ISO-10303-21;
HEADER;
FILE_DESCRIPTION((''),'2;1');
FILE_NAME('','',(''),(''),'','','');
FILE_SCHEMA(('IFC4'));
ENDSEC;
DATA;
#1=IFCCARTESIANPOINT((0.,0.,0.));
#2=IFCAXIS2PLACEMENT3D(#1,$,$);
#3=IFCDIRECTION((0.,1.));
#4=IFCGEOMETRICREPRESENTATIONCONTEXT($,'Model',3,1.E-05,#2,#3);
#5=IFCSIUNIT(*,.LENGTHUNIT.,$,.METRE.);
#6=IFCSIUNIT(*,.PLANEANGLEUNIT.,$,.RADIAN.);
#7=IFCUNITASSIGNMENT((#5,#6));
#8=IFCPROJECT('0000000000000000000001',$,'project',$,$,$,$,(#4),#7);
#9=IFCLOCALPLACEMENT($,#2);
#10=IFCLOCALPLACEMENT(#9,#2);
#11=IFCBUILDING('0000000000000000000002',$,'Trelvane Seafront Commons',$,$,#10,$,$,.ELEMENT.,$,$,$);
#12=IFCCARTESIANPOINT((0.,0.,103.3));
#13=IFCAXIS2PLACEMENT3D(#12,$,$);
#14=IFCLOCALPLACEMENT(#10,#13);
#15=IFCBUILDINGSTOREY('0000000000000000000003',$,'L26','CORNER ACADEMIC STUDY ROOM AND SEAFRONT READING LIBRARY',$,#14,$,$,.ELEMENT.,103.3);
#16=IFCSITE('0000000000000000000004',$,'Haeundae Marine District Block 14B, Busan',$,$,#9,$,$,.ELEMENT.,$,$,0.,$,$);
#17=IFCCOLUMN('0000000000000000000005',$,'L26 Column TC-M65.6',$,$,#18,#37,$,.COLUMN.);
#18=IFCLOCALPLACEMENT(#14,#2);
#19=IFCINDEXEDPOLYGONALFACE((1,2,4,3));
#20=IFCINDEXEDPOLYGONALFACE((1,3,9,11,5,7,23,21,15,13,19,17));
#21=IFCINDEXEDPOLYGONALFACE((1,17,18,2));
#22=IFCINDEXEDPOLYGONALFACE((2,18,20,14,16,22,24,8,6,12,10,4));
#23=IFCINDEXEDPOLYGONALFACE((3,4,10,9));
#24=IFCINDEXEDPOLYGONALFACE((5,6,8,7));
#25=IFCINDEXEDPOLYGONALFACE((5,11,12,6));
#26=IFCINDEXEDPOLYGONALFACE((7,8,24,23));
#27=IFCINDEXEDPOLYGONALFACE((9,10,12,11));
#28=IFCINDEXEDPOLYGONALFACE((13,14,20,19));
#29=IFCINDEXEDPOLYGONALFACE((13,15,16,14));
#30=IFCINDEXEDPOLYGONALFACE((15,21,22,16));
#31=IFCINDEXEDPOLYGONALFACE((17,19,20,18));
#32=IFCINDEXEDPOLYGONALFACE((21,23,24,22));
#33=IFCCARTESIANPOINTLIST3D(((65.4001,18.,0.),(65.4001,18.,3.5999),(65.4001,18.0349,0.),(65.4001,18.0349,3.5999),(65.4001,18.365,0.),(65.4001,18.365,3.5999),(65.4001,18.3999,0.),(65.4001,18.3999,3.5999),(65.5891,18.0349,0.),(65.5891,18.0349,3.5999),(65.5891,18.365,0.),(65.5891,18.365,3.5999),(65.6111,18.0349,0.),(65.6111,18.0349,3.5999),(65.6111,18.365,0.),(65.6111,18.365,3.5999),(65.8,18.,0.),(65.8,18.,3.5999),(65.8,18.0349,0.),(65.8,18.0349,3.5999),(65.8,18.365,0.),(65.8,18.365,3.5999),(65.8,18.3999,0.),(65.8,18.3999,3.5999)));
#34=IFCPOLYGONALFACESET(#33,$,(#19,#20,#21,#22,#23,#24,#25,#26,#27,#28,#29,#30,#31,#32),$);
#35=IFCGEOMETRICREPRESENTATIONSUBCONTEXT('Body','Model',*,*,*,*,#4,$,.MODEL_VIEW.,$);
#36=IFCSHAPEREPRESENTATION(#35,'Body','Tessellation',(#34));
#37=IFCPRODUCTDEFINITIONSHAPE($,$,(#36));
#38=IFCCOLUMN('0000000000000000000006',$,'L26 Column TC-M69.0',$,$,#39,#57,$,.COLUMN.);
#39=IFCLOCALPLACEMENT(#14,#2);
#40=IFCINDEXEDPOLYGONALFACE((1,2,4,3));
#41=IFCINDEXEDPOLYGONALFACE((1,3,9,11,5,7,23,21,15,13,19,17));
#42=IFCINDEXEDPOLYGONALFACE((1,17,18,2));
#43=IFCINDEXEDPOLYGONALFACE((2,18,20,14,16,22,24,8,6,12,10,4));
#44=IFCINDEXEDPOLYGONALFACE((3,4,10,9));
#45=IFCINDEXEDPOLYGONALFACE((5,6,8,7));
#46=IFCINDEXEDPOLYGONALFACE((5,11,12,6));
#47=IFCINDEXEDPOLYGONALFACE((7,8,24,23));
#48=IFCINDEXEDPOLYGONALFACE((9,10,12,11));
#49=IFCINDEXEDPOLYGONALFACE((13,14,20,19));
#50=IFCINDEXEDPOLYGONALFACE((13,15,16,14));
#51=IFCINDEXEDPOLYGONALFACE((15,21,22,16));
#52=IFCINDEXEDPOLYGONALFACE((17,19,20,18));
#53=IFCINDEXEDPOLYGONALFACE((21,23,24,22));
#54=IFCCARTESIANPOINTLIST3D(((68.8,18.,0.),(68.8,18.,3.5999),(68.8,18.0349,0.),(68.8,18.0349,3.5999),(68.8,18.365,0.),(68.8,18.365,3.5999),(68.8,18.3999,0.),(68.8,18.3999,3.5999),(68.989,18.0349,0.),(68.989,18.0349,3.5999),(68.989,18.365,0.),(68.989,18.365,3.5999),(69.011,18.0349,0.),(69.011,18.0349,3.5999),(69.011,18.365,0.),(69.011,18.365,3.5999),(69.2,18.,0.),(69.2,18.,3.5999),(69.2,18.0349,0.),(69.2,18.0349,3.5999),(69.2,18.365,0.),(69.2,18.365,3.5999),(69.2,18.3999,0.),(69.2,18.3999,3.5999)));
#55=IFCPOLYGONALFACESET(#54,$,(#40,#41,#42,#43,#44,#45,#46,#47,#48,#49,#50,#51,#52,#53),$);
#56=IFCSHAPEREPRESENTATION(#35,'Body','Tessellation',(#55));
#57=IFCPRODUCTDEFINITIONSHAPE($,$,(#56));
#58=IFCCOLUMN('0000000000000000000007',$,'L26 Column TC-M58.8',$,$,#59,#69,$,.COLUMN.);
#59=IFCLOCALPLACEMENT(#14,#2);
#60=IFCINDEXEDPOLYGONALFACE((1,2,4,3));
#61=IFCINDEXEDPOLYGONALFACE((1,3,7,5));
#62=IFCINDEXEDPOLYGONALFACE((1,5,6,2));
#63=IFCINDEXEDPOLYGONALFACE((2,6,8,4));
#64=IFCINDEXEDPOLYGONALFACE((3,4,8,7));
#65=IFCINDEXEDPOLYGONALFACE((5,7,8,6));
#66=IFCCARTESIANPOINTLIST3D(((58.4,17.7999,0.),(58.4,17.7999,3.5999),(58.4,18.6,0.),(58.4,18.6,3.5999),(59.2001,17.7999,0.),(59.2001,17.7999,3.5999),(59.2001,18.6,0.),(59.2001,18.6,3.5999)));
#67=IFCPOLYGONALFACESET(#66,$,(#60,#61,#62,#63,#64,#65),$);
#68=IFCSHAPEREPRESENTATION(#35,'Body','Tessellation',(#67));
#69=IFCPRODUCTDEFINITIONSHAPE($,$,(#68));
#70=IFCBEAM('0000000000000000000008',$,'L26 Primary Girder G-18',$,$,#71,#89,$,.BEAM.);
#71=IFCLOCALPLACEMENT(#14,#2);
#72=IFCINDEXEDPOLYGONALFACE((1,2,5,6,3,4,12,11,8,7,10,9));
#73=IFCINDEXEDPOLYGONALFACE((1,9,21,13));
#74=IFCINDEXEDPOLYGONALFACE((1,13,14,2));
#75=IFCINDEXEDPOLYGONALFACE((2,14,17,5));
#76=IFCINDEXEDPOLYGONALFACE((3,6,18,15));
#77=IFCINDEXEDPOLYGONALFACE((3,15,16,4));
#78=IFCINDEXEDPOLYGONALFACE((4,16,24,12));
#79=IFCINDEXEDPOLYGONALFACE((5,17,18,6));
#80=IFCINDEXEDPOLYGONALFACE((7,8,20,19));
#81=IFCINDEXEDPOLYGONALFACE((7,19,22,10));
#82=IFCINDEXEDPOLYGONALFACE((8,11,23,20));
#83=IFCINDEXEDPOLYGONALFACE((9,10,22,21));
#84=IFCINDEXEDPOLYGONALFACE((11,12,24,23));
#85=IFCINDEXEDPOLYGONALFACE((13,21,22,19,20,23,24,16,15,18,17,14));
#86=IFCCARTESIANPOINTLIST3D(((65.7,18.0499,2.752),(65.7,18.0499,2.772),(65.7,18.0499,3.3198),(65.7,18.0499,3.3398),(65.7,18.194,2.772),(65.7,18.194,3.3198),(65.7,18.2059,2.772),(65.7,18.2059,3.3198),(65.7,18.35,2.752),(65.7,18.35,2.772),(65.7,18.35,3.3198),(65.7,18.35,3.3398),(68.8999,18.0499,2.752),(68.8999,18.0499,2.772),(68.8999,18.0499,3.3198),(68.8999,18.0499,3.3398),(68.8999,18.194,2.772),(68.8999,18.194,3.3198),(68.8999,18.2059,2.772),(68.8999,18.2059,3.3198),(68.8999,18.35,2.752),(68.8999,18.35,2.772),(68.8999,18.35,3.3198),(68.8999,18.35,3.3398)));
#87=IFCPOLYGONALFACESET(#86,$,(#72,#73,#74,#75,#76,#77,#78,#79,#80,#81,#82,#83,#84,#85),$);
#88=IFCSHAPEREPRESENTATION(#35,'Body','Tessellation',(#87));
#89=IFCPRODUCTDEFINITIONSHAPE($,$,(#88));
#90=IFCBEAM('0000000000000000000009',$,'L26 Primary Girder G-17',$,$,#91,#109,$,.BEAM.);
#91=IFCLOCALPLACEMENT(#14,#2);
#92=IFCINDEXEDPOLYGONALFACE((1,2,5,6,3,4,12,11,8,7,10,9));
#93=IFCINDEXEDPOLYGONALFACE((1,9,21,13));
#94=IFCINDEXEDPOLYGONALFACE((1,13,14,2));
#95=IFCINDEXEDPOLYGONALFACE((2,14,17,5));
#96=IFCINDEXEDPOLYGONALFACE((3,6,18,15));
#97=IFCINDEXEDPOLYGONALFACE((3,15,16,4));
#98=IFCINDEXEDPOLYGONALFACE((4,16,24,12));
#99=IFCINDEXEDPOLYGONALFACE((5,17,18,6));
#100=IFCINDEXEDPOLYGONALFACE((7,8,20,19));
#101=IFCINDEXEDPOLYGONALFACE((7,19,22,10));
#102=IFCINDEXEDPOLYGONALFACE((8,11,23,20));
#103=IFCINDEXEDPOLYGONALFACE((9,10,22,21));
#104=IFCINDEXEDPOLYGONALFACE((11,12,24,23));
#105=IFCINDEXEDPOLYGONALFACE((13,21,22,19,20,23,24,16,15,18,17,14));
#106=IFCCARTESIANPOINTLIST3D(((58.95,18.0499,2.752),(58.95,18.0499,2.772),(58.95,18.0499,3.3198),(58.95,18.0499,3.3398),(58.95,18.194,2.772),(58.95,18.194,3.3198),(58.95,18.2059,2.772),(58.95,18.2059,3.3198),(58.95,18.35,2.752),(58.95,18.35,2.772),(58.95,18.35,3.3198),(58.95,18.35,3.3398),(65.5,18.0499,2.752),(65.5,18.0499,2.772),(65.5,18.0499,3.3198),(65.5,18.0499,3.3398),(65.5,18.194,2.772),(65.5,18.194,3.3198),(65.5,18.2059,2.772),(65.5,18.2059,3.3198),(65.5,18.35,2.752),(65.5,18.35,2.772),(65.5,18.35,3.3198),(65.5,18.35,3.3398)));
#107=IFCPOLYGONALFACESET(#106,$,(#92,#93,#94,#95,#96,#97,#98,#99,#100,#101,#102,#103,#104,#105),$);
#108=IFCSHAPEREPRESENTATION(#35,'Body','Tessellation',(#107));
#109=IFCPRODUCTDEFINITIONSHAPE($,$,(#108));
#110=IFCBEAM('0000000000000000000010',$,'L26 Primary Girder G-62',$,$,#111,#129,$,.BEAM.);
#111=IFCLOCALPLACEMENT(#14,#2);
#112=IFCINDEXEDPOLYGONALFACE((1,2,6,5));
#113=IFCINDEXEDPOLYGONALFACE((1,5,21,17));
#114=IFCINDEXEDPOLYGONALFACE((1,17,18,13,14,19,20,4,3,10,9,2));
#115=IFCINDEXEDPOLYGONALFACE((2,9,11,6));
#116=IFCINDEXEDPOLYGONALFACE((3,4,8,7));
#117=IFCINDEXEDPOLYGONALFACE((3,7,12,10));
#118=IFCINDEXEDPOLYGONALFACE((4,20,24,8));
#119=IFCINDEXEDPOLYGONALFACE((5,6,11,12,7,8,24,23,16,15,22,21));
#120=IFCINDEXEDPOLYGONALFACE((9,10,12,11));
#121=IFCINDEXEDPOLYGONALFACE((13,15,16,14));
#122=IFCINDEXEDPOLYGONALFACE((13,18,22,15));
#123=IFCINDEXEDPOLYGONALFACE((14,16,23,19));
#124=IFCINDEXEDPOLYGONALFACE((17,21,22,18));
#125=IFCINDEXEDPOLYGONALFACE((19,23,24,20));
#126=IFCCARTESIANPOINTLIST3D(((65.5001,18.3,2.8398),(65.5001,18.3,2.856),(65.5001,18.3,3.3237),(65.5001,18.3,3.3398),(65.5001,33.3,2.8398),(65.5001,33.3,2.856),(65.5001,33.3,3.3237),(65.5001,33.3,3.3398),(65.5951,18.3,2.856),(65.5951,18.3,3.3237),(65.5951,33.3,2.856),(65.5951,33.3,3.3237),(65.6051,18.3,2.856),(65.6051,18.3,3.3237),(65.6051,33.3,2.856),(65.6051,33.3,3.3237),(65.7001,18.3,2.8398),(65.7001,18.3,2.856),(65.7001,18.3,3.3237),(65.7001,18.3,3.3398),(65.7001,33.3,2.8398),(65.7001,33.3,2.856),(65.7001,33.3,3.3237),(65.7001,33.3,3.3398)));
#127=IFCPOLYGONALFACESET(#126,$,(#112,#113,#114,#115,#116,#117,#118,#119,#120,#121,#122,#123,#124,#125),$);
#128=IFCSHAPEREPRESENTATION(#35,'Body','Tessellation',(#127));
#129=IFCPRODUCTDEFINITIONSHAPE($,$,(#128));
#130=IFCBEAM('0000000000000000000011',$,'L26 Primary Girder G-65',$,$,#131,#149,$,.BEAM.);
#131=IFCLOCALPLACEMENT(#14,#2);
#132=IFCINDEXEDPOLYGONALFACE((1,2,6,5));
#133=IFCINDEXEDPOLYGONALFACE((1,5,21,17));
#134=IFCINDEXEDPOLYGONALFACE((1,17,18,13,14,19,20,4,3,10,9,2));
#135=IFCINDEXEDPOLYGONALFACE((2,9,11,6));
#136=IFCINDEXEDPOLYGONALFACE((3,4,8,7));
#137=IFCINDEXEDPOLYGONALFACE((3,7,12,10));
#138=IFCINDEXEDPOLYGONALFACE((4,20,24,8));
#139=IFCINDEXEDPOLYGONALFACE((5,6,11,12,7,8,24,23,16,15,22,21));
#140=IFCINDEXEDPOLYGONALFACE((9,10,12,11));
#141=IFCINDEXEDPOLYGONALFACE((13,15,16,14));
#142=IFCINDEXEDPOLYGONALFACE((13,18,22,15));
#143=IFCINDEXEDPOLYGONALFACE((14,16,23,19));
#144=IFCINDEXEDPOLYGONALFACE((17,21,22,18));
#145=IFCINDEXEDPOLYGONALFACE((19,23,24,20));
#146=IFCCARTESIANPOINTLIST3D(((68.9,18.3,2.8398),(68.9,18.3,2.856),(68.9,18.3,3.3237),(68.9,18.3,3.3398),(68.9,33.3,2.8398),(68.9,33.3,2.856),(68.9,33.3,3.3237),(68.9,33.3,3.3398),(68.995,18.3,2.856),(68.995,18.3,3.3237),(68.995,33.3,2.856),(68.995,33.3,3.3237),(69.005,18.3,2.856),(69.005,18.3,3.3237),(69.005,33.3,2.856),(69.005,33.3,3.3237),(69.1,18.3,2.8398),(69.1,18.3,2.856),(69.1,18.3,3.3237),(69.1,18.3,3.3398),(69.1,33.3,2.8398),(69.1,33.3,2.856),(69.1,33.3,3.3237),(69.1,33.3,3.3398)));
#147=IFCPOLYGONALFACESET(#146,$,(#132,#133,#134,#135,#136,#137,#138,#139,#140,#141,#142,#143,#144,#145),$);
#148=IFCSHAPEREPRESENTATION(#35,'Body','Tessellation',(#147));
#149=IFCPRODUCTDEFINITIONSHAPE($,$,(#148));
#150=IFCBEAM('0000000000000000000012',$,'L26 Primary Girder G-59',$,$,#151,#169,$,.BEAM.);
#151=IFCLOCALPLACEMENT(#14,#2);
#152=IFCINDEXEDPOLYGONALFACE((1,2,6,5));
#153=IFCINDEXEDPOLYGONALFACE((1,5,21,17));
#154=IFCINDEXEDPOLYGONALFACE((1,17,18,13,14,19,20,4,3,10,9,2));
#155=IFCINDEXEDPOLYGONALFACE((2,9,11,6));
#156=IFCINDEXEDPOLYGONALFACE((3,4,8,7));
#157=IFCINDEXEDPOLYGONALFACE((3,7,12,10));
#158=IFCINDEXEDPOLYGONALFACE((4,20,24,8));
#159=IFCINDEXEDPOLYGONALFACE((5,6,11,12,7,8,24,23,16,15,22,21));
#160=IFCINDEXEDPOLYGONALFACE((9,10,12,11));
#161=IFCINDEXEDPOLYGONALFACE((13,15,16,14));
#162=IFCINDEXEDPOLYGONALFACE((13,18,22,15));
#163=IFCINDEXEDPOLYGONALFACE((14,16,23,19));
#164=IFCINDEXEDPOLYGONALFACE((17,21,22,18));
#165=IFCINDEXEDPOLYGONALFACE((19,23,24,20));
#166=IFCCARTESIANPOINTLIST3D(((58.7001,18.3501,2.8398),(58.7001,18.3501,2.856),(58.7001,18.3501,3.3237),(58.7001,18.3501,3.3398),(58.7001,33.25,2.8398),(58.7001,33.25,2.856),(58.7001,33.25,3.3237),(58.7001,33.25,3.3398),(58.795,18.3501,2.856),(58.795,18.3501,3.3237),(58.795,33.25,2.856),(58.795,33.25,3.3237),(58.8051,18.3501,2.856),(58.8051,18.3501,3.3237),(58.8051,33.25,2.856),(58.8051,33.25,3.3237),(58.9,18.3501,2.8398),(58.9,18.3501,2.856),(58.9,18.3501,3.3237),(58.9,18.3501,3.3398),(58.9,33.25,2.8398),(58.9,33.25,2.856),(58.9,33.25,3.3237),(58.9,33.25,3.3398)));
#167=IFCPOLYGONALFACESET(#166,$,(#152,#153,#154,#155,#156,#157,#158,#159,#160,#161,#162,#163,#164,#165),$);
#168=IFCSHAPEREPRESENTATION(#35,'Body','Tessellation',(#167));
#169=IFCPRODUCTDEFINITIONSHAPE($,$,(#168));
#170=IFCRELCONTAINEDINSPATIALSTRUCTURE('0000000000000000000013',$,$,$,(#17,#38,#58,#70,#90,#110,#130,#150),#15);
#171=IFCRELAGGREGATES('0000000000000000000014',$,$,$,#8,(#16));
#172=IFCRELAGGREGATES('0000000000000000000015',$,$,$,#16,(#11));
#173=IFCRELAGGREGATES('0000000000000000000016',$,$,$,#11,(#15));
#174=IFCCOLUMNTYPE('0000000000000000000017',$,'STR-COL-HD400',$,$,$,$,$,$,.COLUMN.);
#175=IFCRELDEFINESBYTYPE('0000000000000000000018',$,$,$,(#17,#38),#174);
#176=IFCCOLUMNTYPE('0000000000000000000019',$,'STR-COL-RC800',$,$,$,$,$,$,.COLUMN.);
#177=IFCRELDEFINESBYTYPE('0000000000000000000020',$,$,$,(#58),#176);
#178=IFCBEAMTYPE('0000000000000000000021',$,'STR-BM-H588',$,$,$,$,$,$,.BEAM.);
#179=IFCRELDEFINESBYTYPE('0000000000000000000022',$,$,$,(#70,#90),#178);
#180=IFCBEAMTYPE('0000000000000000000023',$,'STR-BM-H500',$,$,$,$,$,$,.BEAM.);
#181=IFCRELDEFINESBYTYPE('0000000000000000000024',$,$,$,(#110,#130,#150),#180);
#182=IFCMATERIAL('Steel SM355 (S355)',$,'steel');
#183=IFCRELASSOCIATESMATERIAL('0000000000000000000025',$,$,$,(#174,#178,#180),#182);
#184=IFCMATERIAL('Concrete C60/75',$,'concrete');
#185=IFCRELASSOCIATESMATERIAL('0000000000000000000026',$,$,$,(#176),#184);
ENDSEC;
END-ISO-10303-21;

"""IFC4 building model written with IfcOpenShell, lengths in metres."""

from ifc_helpers import new_model, si_unit, direction, frame, origin, origin_2d, place, context, subcontext, project, spatial, rectangle, i_section, extrude, source, transform, mapped, material, material_profile, profile_set, type_object, element, save


model = new_model("IFC4")

# Units and contexts
model_context = context("Model", 3, precision=1e-05, world=origin(), true_north=direction((0.0, 1.0)))
body_context = subcontext(model_context, "Body", "Model", "MODEL_VIEW")
ifc_project = project(units=[si_unit("LENGTHUNIT", "METRE"), si_unit("PLANEANGLEUNIT", "RADIAN")], contexts=[model_context])

# Site, building, storey
site_placement = place(None, origin())
site = spatial("IfcSite", under=ifc_project, at=site_placement, Name="Haeundae Marine District Block 14B, Busan", CompositionType="ELEMENT", RefElevation=0.0)
building_placement = place(site_placement, origin())
building = spatial("IfcBuilding", under=site, at=building_placement, Name="Trelvane Seafront Commons", CompositionType="ELEMENT")
storey_placement = place(building_placement, frame((0.0, 0.0, 103.3)))
storey = spatial("IfcBuildingStorey", under=building, at=storey_placement, Name="L26", Description="CORNER ACADEMIC STUDY ROOM AND SEAFRONT READING LIBRARY", CompositionType="ELEMENT", Elevation=103.3)

# Columns
ifc_material_1 = material(Name="Steel SM355 (S355)", Category="steel")
ifc_material_profile_1 = material_profile(ifc_material_1, i_section(OverallWidth=0.3999, OverallDepth=0.3999, WebThickness=0.022, FlangeThickness=0.0349, at=origin_2d()), Name="HD-400x400x22x35")
ifc_profile_set_1 = profile_set([ifc_material_profile_1], Name="Steel SM355 (S355)")
column_type_1 = type_object("IfcColumnType", Name="STR-COL-HD400", PredefinedType="COLUMN", material=ifc_profile_set_1)
shared_shape_1 = source(origin(), body_context, "Body", "SweptSolid", [
    extrude(i_section(OverallWidth=0.3999, OverallDepth=0.3999, WebThickness=0.022, FlangeThickness=0.0349, at=origin_2d()), origin(), (0.0, 0.0, 1.0), 3.5999),
])
for number, where, z_axis, x_axis, name in (
    (1, (65.6001, 18.2, 0.0), (0.0, 0.0, 1.0), (1.0, 0.0, 0.0), "L26 Column TC-M65.6"),
    (2, (69.0, 18.2, 0.0), (0.0, 0.0, 1.0), (1.0, 0.0, 0.0), "L26 Column TC-M69.0"),
):
    element("IfcColumn", number, at=place(storey_placement, frame(where, z_axis=z_axis, x_axis=x_axis)), inside=storey, type_object=column_type_1, Name=name, PredefinedType="COLUMN", context=body_context, shape_type="MappedRepresentation", body=[
        mapped(shared_shape_1, transform((0.0, 0.0, 0.0), x_axis=(1.0, 0.0, 0.0), y_axis=(0.0, 1.0, 0.0), z_axis=(0.0, 0.0, 1.0), scale=1.0)),
    ])
ifc_material_2 = material(Name="Concrete C60/75", Category="concrete")
ifc_material_profile_2 = material_profile(ifc_material_2, rectangle(XDim=0.8, YDim=0.8, at=origin_2d()), Name="RC-800x800")
ifc_profile_set_2 = profile_set([ifc_material_profile_2], Name="Concrete C60/75")
column_type_2 = type_object("IfcColumnType", Name="STR-COL-RC800", PredefinedType="COLUMN", material=ifc_profile_set_2)
shared_shape_2 = source(origin(), body_context, "Body", "SweptSolid", [
    extrude(rectangle(XDim=0.8, YDim=0.8, at=origin_2d()), origin(), (0.0, 0.0, 1.0), 3.5999),
])
column_placement = place(storey_placement, frame((58.8, 18.2, 0.0), z_axis=(0.0, 0.0, 1.0), x_axis=(1.0, 0.0, 0.0)))
element("IfcColumn", 3, at=column_placement, inside=storey, type_object=column_type_2, Name="L26 Column TC-M58.8", PredefinedType="COLUMN", context=body_context, shape_type="MappedRepresentation", body=[
    mapped(shared_shape_2, transform((0.0, 0.0, 0.0), x_axis=(1.0, 0.0, 0.0), y_axis=(0.0, 1.0, 0.0), z_axis=(0.0, 0.0, 1.0), scale=1.0)),
])

# Beams
ifc_material_profile_3 = material_profile(ifc_material_1, i_section(OverallWidth=0.3, OverallDepth=0.5879, WebThickness=0.012, FlangeThickness=0.02, at=origin_2d()), Name="H-588x300x12x20")
ifc_profile_set_3 = profile_set([ifc_material_profile_3], Name="Steel SM355 (S355)")
beam_type_1 = type_object("IfcBeamType", Name="STR-BM-H588", PredefinedType="BEAM", material=ifc_profile_set_3)
shared_shape_3 = source(origin(), body_context, "Body", "SweptSolid", [
    extrude(i_section(OverallWidth=0.3, OverallDepth=0.5879, WebThickness=0.012, FlangeThickness=0.02, at=origin_2d()), origin(), (0.0, 0.0, 1.0), 3.2),
])
beam_1_placement = place(storey_placement, frame((65.7, 18.2, 3.0459), z_axis=(1.0, 0.0, 0.0), x_axis=(0.0, 1.0, 0.0)))
element("IfcBeam", 4, at=beam_1_placement, inside=storey, type_object=beam_type_1, Name="L26 Primary Girder G-18", PredefinedType="BEAM", context=body_context, shape_type="MappedRepresentation", body=[
    mapped(shared_shape_3, transform((0.0, 0.0, 0.0), x_axis=(1.0, 0.0, 0.0), y_axis=(0.0, 1.0, 0.0), z_axis=(0.0, 0.0, 1.0), scale=1.0)),
])
shared_shape_4 = source(origin(), body_context, "Body", "SweptSolid", [
    extrude(i_section(OverallWidth=0.3, OverallDepth=0.5879, WebThickness=0.012, FlangeThickness=0.02, at=origin_2d()), origin(), (0.0, 0.0, 1.0), 6.55),
])
beam_2_placement = place(storey_placement, frame((58.95, 18.2, 3.0459), z_axis=(1.0, 0.0, 0.0), x_axis=(0.0, 1.0, 0.0)))
element("IfcBeam", 5, at=beam_2_placement, inside=storey, type_object=beam_type_1, Name="L26 Primary Girder G-17", PredefinedType="BEAM", context=body_context, shape_type="MappedRepresentation", body=[
    mapped(shared_shape_4, transform((0.0, 0.0, 0.0), x_axis=(1.0, 0.0, 0.0), y_axis=(0.0, 1.0, 0.0), z_axis=(0.0, 0.0, 1.0), scale=1.0)),
])
ifc_material_profile_4 = material_profile(ifc_material_1, i_section(OverallWidth=0.2, OverallDepth=0.5, WebThickness=0.01, FlangeThickness=0.0161, at=origin_2d()), Name="H-500x200x10x16")
ifc_profile_set_4 = profile_set([ifc_material_profile_4], Name="Steel SM355 (S355)")
beam_type_2 = type_object("IfcBeamType", Name="STR-BM-H500", PredefinedType="BEAM", material=ifc_profile_set_4)
shared_shape_5 = source(origin(), body_context, "Body", "SweptSolid", [
    extrude(i_section(OverallWidth=0.2, OverallDepth=0.5, WebThickness=0.01, FlangeThickness=0.0161, at=origin_2d()), origin(), (0.0, 0.0, 1.0), 15.0),
])
for number, where, z_axis, x_axis, name in (
    (6, (65.6001, 18.3, 3.0898), (0.0, 1.0, 0.0), (-1.0, 0.0, 0.0), "L26 Primary Girder G-62"),
    (7, (69.0, 18.3, 3.0898), (0.0, 1.0, 0.0), (-1.0, 0.0, 0.0), "L26 Primary Girder G-65"),
):
    element("IfcBeam", number, at=place(storey_placement, frame(where, z_axis=z_axis, x_axis=x_axis)), inside=storey, type_object=beam_type_2, Name=name, PredefinedType="BEAM", context=body_context, shape_type="MappedRepresentation", body=[
        mapped(shared_shape_5, transform((0.0, 0.0, 0.0), x_axis=(1.0, 0.0, 0.0), y_axis=(0.0, 1.0, 0.0), z_axis=(0.0, 0.0, 1.0), scale=1.0)),
    ])
shared_shape_6 = source(origin(), body_context, "Body", "SweptSolid", [
    extrude(i_section(OverallWidth=0.2, OverallDepth=0.5, WebThickness=0.01, FlangeThickness=0.0161, at=origin_2d()), origin(), (0.0, 0.0, 1.0), 14.8999),
])
beam_3_placement = place(storey_placement, frame((58.8, 18.3501, 3.0898), z_axis=(0.0, 1.0, 0.0), x_axis=(-1.0, 0.0, 0.0)))
element("IfcBeam", 8, at=beam_3_placement, inside=storey, type_object=beam_type_2, Name="L26 Primary Girder G-59", PredefinedType="BEAM", context=body_context, shape_type="MappedRepresentation", body=[
    mapped(shared_shape_6, transform((0.0, 0.0, 0.0), x_axis=(1.0, 0.0, 0.0), y_axis=(0.0, 1.0, 0.0), z_axis=(0.0, 0.0, 1.0), scale=1.0)),
])

save(model, "model.ifc")
